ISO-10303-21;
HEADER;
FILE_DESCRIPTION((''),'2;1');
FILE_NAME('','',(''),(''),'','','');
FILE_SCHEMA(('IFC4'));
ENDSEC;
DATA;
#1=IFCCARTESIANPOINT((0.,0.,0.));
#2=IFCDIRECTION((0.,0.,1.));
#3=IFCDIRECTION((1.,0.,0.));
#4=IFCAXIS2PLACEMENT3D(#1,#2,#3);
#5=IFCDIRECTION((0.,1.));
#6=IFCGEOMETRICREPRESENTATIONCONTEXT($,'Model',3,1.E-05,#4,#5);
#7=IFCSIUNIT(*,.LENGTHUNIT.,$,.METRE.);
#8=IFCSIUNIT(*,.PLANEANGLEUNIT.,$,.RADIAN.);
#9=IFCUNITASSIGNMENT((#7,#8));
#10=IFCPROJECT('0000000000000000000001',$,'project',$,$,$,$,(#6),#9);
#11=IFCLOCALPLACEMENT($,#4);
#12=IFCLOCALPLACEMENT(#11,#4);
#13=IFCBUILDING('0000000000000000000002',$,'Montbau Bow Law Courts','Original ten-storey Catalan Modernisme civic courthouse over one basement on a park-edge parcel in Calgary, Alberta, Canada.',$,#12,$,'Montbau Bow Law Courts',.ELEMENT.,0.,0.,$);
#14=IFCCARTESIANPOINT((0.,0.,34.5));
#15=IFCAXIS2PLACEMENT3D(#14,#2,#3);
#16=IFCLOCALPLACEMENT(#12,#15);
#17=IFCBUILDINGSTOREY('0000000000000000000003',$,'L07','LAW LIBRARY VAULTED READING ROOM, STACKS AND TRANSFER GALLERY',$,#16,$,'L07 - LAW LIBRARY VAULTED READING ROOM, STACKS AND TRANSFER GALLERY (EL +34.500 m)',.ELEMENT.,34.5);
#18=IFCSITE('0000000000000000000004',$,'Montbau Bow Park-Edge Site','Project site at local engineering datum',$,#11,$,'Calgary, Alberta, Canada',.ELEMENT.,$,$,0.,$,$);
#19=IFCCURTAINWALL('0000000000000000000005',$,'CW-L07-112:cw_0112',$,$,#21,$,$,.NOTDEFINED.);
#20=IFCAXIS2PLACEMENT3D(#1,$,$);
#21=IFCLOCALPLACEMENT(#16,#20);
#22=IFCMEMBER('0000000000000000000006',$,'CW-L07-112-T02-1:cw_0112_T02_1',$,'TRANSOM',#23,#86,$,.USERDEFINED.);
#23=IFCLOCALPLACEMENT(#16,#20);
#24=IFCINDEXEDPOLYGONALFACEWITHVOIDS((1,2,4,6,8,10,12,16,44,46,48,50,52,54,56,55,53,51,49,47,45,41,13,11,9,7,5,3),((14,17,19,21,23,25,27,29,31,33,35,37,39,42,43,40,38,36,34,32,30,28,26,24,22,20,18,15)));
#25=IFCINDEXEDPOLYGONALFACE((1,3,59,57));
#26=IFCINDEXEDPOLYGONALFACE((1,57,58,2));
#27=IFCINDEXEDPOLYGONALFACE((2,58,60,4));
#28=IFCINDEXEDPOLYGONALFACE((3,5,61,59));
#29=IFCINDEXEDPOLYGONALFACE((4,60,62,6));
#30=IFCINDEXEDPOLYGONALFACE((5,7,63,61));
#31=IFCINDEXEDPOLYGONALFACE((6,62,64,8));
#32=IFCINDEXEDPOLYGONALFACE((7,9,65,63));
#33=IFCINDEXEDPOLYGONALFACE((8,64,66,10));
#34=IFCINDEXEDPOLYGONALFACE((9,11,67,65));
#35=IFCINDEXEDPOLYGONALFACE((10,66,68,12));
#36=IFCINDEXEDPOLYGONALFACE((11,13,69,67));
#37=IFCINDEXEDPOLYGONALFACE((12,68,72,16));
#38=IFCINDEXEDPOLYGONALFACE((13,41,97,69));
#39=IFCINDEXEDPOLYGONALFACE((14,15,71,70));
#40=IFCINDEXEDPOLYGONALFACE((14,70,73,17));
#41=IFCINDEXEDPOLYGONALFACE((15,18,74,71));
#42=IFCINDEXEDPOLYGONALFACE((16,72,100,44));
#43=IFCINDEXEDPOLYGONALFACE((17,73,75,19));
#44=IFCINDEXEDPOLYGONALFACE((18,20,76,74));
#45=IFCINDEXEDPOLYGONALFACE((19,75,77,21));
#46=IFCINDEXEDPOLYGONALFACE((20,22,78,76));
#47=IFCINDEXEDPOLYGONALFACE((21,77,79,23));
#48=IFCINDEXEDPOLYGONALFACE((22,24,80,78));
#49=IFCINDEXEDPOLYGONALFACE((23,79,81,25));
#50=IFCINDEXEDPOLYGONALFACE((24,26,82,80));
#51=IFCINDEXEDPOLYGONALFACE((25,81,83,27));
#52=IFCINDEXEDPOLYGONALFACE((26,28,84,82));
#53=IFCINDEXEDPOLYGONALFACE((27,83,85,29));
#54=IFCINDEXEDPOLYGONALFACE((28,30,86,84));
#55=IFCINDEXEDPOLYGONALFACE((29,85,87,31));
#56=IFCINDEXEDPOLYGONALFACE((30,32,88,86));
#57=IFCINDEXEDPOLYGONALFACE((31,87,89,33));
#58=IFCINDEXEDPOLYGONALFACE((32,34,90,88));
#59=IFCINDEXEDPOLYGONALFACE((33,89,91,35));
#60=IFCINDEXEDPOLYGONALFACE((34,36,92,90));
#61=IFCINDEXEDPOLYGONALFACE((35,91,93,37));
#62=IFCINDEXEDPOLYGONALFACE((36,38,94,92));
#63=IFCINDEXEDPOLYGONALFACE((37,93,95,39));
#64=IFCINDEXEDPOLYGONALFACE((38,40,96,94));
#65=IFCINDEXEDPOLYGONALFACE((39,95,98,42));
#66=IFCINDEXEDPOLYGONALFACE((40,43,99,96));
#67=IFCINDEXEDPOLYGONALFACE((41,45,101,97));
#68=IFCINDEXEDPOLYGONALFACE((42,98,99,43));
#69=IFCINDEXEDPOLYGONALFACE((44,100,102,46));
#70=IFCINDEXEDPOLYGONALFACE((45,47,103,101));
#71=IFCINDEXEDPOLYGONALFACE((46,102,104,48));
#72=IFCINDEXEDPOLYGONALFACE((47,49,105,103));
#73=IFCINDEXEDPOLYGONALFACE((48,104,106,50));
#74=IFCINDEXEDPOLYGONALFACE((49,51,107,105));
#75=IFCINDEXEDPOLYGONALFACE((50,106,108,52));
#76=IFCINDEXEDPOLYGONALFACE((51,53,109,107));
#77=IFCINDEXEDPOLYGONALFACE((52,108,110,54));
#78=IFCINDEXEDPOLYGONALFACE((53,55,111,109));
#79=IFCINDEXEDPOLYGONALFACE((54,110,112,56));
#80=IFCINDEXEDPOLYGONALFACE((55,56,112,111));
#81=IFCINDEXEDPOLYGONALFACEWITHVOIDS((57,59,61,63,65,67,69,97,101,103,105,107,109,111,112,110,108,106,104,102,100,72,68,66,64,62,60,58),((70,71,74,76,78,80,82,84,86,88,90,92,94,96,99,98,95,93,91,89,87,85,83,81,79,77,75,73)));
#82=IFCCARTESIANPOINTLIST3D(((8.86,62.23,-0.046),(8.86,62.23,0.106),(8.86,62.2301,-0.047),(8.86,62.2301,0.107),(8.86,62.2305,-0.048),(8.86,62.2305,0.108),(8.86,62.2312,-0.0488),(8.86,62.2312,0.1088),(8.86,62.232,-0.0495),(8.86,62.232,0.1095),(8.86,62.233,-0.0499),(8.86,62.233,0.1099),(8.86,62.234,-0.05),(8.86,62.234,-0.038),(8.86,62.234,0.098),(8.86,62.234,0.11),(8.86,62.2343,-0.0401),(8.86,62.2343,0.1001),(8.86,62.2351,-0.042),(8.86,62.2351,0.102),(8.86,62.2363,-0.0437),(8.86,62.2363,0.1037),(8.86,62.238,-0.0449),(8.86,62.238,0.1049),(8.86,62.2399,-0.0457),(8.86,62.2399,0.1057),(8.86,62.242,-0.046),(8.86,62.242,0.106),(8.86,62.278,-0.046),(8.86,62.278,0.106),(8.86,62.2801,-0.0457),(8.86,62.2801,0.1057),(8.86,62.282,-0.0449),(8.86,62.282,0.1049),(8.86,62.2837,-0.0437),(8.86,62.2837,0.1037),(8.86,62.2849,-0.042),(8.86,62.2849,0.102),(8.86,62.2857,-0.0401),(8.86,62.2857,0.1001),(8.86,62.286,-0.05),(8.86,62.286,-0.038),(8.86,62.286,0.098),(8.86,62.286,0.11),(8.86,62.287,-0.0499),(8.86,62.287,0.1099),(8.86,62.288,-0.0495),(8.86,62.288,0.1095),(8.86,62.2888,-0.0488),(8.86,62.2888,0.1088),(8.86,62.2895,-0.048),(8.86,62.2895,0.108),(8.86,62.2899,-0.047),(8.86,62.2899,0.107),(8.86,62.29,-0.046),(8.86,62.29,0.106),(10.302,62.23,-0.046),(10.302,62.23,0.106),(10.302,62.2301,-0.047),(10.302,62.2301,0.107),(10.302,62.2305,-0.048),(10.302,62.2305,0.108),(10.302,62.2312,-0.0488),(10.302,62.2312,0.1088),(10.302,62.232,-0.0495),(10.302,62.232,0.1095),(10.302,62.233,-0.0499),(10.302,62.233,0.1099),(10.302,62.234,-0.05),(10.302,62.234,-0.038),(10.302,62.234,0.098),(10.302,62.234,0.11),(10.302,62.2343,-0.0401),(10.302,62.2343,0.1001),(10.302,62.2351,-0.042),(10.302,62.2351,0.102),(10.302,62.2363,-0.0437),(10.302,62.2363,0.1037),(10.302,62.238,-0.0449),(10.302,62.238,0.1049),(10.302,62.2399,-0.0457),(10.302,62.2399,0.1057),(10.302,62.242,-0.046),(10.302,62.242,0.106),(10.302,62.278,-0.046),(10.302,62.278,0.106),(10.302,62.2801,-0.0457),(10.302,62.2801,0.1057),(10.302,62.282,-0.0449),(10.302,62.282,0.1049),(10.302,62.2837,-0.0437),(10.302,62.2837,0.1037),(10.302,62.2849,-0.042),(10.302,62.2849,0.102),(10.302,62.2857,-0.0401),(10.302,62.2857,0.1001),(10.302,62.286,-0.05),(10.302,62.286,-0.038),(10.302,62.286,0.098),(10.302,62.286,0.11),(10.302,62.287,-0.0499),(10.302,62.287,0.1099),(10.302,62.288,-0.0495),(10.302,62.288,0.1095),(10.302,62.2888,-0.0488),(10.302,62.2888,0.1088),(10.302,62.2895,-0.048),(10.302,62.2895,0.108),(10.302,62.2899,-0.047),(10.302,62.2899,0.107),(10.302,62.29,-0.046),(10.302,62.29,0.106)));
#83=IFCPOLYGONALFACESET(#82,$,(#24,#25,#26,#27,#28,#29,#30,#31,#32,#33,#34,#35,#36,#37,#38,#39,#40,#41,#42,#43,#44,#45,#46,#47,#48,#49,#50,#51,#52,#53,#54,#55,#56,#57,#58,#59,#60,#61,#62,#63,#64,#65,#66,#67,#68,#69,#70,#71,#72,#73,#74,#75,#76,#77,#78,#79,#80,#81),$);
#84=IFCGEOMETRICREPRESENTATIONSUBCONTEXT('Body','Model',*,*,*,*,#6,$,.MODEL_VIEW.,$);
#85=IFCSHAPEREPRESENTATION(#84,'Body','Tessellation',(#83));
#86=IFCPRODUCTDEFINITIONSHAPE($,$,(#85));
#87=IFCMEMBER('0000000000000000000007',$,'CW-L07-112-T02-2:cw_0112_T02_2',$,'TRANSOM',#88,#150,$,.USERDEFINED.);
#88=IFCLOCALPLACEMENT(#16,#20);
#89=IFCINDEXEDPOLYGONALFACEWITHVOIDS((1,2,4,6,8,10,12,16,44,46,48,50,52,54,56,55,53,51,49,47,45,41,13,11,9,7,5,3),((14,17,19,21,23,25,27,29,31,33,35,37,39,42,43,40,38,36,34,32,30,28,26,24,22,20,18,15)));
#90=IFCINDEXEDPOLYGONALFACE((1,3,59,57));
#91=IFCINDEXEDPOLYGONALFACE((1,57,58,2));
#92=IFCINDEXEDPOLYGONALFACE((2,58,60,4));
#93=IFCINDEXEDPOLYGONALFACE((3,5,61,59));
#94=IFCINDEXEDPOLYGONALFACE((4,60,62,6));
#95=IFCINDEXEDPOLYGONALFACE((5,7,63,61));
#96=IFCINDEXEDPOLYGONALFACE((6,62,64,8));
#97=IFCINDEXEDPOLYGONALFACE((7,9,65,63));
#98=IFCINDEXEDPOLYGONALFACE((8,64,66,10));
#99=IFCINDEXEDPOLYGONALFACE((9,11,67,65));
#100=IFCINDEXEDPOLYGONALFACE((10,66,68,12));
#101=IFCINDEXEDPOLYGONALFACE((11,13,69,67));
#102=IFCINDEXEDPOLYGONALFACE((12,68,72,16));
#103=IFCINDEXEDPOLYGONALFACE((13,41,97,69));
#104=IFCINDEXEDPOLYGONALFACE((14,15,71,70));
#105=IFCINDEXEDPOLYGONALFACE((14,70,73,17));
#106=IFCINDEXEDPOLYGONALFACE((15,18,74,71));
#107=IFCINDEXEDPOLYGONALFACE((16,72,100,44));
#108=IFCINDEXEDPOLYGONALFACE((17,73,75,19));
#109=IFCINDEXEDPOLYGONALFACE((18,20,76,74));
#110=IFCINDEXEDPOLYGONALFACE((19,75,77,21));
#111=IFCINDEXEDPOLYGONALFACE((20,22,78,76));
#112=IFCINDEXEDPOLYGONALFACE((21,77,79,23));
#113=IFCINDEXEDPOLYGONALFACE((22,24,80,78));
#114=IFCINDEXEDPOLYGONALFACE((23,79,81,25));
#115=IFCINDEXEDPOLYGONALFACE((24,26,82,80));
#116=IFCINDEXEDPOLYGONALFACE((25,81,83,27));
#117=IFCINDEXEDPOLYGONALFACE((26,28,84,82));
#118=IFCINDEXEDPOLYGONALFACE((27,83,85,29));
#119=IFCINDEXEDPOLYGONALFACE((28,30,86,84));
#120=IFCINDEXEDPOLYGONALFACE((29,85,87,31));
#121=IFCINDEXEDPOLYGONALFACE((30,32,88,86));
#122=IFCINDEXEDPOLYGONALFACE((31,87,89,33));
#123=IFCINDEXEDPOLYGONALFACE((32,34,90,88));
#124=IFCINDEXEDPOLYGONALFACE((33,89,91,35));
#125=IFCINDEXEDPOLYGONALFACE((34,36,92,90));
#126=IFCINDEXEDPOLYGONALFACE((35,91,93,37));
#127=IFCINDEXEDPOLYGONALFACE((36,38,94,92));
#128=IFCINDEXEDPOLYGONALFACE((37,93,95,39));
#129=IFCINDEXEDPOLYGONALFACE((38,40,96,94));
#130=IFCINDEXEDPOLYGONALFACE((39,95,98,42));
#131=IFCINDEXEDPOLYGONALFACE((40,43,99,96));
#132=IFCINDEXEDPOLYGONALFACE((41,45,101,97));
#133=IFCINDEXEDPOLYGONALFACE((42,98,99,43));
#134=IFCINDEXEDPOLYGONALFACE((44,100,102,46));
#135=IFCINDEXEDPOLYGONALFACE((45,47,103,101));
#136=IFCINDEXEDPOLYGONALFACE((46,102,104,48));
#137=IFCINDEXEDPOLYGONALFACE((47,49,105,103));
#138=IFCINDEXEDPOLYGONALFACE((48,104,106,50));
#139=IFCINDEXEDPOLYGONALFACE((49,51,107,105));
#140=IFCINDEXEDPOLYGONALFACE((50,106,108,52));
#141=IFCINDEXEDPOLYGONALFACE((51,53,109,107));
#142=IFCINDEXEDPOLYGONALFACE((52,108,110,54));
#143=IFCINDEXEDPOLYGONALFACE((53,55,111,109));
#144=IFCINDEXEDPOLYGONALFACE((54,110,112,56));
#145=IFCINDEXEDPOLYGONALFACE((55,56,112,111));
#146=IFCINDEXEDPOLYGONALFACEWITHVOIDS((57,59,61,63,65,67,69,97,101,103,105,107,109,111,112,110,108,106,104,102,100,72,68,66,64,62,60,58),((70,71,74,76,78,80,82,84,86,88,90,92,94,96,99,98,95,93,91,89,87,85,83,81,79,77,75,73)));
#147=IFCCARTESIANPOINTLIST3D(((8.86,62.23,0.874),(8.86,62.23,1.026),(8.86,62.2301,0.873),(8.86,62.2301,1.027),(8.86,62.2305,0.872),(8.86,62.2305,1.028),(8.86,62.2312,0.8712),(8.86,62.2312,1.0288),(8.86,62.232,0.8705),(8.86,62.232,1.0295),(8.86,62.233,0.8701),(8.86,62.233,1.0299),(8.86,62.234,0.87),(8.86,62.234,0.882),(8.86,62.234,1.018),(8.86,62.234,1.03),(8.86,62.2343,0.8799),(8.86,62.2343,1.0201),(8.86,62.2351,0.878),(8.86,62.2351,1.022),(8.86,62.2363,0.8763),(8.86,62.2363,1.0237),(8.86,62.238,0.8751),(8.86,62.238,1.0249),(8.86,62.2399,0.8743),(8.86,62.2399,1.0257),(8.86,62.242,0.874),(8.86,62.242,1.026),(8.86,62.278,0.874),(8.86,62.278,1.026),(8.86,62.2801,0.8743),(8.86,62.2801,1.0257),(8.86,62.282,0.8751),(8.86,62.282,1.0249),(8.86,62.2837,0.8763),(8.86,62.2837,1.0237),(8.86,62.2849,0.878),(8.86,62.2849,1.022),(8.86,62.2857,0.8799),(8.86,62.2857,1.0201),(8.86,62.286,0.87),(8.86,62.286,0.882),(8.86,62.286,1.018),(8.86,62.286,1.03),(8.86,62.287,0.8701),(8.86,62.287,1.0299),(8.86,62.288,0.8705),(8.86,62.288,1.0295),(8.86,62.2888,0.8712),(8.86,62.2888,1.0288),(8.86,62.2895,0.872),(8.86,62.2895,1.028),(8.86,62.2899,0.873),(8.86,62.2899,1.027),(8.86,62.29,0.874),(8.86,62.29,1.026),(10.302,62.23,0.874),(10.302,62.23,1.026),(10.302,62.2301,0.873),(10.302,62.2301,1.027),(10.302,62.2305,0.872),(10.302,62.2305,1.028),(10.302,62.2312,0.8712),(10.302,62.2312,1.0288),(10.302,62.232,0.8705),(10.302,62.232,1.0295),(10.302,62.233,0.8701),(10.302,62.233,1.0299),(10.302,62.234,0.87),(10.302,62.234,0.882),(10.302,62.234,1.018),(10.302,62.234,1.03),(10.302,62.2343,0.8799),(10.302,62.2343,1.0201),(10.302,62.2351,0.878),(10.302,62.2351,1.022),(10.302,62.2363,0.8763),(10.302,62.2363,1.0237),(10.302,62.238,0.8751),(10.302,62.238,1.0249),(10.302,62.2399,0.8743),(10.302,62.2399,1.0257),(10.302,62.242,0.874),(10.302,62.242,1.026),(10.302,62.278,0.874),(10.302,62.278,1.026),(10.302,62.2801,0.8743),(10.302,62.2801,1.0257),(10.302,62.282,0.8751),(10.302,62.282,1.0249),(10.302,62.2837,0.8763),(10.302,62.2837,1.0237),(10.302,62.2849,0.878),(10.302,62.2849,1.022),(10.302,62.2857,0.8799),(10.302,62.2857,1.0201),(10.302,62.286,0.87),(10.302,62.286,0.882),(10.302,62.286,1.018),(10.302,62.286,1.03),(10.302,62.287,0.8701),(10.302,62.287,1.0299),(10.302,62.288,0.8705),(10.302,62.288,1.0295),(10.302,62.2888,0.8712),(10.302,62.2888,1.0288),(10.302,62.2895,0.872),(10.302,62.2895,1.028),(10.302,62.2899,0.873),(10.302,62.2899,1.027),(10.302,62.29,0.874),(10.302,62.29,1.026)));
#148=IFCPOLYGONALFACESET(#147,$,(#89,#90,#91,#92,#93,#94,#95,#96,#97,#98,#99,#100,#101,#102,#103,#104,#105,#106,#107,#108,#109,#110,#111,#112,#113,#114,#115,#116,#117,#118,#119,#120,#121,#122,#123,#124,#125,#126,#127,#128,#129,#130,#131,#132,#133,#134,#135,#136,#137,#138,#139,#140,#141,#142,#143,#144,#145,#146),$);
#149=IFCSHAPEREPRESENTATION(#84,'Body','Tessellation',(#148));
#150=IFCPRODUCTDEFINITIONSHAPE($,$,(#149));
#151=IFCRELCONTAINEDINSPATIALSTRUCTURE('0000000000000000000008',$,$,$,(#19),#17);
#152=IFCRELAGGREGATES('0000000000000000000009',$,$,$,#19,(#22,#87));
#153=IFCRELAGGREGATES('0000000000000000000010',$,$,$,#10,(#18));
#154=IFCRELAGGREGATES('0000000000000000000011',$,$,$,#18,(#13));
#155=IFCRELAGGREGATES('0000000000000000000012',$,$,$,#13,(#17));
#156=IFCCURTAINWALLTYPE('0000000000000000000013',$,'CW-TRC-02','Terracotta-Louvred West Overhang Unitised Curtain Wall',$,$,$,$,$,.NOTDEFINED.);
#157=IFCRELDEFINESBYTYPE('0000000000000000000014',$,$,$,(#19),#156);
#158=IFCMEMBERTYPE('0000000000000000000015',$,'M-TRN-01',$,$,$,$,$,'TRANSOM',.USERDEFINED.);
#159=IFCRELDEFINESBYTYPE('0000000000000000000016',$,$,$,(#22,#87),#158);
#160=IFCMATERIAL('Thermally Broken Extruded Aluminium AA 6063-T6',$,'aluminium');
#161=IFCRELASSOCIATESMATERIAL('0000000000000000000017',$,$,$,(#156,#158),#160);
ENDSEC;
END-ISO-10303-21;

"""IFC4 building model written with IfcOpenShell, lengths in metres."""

from ifc_helpers import new_model, si_unit, direction, frame, origin_with_axes, origin_2d_with_axis, place, context, subcontext, project, spatial, hollow_rectangle, extrude, material, material_profile, profile_set, type_object, element, aggregate, save


model = new_model("IFC4")

# Units and contexts
model_context = context("Model", 3, precision=1e-05, world=origin_with_axes(), true_north=direction((0.0, 1.0)))
body_context = subcontext(model_context, "Body", "Model", "MODEL_VIEW")
ifc_project = project(units=[si_unit("LENGTHUNIT", "METRE"), si_unit("PLANEANGLEUNIT", "RADIAN")], contexts=[model_context])

# Site, building, storey
site_placement = place(None, origin_with_axes())
site = spatial("IfcSite", under=ifc_project, at=site_placement, Name="Montbau Bow Park-Edge Site", Description="Project site at local engineering datum", LongName="Calgary, Alberta, Canada", CompositionType="ELEMENT", RefElevation=0.0)
building_placement = place(site_placement, origin_with_axes())
building = spatial("IfcBuilding", under=site, at=building_placement, Name="Montbau Bow Law Courts", Description="Original ten-storey Catalan Modernisme civic courthouse over one basement on a park-edge parcel in Calgary, Alberta, Canada.", LongName="Montbau Bow Law Courts", CompositionType="ELEMENT", ElevationOfRefHeight=0.0, ElevationOfTerrain=0.0)
storey_placement = place(building_placement, frame((0.0, 0.0, 34.5), z_axis=(0.0, 0.0, 1.0), x_axis=(1.0, 0.0, 0.0)))
storey = spatial("IfcBuildingStorey", under=building, at=storey_placement, Name="L07", Description="LAW LIBRARY VAULTED READING ROOM, STACKS AND TRANSFER GALLERY", LongName="L07 - LAW LIBRARY VAULTED READING ROOM, STACKS AND TRANSFER GALLERY (EL +34.500 m)", CompositionType="ELEMENT", Elevation=34.5)

# Curtain wall, members
ifc_material_1 = material(Name="Thermally Broken Extruded Aluminium AA 6063-T6", Category="aluminium")
curtain_wall_type = type_object("IfcCurtainWallType", Name="CW-TRC-02", Description="Terracotta-Louvred West Overhang Unitised Curtain Wall", PredefinedType="NOTDEFINED", material=ifc_material_1)
curtain_wall_placement = place(None, frame((7.315, 62.26, 34.5), z_axis=(0.0, 0.0, 1.0), x_axis=(1.0, 0.0, 0.0)))
curtain_wall = element("IfcCurtainWall", 1, at=curtain_wall_placement, inside=storey, type_object=curtain_wall_type, Name="CW-L07-112:cw_0112", PredefinedType="NOTDEFINED")
ifc_material_profile_1 = material_profile(ifc_material_1, hollow_rectangle(XDim=0.06, YDim=0.16, WallThickness=0.004, InnerFilletRadius=0.008, OuterFilletRadius=0.004, at=origin_2d_with_axis()), Name="CWT-160X60", Category="Main", Priority=0)
ifc_profile_set_1 = profile_set([ifc_material_profile_1], Name="Thermally Broken Extruded Aluminium AA 6063-T6")
member_type_1 = type_object("IfcMemberType", Name="M-TRN-01", ElementType="TRANSOM", PredefinedType="USERDEFINED", material=ifc_profile_set_1)
member_1_placement = place(None, frame((8.86, 62.26, 34.53), z_axis=(1.0, 0.0, 0.0), x_axis=(0.0, 1.0, 0.0)))
member_1 = element("IfcMember", 2, at=member_1_placement, type_object=member_type_1, Name="CW-L07-112-T02-1:cw_0112_T02_1", ObjectType="TRANSOM", PredefinedType="USERDEFINED", context=body_context, shape_type="SweptSolid", body=[
    extrude(hollow_rectangle(XDim=0.06, YDim=0.16, WallThickness=0.004, InnerFilletRadius=0.008, OuterFilletRadius=0.004, at=origin_2d_with_axis()), origin_with_axes(), (0.0, 0.0, 1.0), 1.442),
])
member_2_placement = place(None, frame((8.86, 62.26, 35.45), z_axis=(1.0, 0.0, 0.0), x_axis=(0.0, 1.0, 0.0)))
member_2 = element("IfcMember", 3, at=member_2_placement, type_object=member_type_1, Name="CW-L07-112-T02-2:cw_0112_T02_2", ObjectType="TRANSOM", PredefinedType="USERDEFINED", context=body_context, shape_type="SweptSolid", body=[
    extrude(hollow_rectangle(XDim=0.06, YDim=0.16, WallThickness=0.004, InnerFilletRadius=0.008, OuterFilletRadius=0.004, at=origin_2d_with_axis()), origin_with_axes(), (0.0, 0.0, 1.0), 1.442),
])
aggregate(curtain_wall, [member_1, member_2])

save(model, "model.ifc")
